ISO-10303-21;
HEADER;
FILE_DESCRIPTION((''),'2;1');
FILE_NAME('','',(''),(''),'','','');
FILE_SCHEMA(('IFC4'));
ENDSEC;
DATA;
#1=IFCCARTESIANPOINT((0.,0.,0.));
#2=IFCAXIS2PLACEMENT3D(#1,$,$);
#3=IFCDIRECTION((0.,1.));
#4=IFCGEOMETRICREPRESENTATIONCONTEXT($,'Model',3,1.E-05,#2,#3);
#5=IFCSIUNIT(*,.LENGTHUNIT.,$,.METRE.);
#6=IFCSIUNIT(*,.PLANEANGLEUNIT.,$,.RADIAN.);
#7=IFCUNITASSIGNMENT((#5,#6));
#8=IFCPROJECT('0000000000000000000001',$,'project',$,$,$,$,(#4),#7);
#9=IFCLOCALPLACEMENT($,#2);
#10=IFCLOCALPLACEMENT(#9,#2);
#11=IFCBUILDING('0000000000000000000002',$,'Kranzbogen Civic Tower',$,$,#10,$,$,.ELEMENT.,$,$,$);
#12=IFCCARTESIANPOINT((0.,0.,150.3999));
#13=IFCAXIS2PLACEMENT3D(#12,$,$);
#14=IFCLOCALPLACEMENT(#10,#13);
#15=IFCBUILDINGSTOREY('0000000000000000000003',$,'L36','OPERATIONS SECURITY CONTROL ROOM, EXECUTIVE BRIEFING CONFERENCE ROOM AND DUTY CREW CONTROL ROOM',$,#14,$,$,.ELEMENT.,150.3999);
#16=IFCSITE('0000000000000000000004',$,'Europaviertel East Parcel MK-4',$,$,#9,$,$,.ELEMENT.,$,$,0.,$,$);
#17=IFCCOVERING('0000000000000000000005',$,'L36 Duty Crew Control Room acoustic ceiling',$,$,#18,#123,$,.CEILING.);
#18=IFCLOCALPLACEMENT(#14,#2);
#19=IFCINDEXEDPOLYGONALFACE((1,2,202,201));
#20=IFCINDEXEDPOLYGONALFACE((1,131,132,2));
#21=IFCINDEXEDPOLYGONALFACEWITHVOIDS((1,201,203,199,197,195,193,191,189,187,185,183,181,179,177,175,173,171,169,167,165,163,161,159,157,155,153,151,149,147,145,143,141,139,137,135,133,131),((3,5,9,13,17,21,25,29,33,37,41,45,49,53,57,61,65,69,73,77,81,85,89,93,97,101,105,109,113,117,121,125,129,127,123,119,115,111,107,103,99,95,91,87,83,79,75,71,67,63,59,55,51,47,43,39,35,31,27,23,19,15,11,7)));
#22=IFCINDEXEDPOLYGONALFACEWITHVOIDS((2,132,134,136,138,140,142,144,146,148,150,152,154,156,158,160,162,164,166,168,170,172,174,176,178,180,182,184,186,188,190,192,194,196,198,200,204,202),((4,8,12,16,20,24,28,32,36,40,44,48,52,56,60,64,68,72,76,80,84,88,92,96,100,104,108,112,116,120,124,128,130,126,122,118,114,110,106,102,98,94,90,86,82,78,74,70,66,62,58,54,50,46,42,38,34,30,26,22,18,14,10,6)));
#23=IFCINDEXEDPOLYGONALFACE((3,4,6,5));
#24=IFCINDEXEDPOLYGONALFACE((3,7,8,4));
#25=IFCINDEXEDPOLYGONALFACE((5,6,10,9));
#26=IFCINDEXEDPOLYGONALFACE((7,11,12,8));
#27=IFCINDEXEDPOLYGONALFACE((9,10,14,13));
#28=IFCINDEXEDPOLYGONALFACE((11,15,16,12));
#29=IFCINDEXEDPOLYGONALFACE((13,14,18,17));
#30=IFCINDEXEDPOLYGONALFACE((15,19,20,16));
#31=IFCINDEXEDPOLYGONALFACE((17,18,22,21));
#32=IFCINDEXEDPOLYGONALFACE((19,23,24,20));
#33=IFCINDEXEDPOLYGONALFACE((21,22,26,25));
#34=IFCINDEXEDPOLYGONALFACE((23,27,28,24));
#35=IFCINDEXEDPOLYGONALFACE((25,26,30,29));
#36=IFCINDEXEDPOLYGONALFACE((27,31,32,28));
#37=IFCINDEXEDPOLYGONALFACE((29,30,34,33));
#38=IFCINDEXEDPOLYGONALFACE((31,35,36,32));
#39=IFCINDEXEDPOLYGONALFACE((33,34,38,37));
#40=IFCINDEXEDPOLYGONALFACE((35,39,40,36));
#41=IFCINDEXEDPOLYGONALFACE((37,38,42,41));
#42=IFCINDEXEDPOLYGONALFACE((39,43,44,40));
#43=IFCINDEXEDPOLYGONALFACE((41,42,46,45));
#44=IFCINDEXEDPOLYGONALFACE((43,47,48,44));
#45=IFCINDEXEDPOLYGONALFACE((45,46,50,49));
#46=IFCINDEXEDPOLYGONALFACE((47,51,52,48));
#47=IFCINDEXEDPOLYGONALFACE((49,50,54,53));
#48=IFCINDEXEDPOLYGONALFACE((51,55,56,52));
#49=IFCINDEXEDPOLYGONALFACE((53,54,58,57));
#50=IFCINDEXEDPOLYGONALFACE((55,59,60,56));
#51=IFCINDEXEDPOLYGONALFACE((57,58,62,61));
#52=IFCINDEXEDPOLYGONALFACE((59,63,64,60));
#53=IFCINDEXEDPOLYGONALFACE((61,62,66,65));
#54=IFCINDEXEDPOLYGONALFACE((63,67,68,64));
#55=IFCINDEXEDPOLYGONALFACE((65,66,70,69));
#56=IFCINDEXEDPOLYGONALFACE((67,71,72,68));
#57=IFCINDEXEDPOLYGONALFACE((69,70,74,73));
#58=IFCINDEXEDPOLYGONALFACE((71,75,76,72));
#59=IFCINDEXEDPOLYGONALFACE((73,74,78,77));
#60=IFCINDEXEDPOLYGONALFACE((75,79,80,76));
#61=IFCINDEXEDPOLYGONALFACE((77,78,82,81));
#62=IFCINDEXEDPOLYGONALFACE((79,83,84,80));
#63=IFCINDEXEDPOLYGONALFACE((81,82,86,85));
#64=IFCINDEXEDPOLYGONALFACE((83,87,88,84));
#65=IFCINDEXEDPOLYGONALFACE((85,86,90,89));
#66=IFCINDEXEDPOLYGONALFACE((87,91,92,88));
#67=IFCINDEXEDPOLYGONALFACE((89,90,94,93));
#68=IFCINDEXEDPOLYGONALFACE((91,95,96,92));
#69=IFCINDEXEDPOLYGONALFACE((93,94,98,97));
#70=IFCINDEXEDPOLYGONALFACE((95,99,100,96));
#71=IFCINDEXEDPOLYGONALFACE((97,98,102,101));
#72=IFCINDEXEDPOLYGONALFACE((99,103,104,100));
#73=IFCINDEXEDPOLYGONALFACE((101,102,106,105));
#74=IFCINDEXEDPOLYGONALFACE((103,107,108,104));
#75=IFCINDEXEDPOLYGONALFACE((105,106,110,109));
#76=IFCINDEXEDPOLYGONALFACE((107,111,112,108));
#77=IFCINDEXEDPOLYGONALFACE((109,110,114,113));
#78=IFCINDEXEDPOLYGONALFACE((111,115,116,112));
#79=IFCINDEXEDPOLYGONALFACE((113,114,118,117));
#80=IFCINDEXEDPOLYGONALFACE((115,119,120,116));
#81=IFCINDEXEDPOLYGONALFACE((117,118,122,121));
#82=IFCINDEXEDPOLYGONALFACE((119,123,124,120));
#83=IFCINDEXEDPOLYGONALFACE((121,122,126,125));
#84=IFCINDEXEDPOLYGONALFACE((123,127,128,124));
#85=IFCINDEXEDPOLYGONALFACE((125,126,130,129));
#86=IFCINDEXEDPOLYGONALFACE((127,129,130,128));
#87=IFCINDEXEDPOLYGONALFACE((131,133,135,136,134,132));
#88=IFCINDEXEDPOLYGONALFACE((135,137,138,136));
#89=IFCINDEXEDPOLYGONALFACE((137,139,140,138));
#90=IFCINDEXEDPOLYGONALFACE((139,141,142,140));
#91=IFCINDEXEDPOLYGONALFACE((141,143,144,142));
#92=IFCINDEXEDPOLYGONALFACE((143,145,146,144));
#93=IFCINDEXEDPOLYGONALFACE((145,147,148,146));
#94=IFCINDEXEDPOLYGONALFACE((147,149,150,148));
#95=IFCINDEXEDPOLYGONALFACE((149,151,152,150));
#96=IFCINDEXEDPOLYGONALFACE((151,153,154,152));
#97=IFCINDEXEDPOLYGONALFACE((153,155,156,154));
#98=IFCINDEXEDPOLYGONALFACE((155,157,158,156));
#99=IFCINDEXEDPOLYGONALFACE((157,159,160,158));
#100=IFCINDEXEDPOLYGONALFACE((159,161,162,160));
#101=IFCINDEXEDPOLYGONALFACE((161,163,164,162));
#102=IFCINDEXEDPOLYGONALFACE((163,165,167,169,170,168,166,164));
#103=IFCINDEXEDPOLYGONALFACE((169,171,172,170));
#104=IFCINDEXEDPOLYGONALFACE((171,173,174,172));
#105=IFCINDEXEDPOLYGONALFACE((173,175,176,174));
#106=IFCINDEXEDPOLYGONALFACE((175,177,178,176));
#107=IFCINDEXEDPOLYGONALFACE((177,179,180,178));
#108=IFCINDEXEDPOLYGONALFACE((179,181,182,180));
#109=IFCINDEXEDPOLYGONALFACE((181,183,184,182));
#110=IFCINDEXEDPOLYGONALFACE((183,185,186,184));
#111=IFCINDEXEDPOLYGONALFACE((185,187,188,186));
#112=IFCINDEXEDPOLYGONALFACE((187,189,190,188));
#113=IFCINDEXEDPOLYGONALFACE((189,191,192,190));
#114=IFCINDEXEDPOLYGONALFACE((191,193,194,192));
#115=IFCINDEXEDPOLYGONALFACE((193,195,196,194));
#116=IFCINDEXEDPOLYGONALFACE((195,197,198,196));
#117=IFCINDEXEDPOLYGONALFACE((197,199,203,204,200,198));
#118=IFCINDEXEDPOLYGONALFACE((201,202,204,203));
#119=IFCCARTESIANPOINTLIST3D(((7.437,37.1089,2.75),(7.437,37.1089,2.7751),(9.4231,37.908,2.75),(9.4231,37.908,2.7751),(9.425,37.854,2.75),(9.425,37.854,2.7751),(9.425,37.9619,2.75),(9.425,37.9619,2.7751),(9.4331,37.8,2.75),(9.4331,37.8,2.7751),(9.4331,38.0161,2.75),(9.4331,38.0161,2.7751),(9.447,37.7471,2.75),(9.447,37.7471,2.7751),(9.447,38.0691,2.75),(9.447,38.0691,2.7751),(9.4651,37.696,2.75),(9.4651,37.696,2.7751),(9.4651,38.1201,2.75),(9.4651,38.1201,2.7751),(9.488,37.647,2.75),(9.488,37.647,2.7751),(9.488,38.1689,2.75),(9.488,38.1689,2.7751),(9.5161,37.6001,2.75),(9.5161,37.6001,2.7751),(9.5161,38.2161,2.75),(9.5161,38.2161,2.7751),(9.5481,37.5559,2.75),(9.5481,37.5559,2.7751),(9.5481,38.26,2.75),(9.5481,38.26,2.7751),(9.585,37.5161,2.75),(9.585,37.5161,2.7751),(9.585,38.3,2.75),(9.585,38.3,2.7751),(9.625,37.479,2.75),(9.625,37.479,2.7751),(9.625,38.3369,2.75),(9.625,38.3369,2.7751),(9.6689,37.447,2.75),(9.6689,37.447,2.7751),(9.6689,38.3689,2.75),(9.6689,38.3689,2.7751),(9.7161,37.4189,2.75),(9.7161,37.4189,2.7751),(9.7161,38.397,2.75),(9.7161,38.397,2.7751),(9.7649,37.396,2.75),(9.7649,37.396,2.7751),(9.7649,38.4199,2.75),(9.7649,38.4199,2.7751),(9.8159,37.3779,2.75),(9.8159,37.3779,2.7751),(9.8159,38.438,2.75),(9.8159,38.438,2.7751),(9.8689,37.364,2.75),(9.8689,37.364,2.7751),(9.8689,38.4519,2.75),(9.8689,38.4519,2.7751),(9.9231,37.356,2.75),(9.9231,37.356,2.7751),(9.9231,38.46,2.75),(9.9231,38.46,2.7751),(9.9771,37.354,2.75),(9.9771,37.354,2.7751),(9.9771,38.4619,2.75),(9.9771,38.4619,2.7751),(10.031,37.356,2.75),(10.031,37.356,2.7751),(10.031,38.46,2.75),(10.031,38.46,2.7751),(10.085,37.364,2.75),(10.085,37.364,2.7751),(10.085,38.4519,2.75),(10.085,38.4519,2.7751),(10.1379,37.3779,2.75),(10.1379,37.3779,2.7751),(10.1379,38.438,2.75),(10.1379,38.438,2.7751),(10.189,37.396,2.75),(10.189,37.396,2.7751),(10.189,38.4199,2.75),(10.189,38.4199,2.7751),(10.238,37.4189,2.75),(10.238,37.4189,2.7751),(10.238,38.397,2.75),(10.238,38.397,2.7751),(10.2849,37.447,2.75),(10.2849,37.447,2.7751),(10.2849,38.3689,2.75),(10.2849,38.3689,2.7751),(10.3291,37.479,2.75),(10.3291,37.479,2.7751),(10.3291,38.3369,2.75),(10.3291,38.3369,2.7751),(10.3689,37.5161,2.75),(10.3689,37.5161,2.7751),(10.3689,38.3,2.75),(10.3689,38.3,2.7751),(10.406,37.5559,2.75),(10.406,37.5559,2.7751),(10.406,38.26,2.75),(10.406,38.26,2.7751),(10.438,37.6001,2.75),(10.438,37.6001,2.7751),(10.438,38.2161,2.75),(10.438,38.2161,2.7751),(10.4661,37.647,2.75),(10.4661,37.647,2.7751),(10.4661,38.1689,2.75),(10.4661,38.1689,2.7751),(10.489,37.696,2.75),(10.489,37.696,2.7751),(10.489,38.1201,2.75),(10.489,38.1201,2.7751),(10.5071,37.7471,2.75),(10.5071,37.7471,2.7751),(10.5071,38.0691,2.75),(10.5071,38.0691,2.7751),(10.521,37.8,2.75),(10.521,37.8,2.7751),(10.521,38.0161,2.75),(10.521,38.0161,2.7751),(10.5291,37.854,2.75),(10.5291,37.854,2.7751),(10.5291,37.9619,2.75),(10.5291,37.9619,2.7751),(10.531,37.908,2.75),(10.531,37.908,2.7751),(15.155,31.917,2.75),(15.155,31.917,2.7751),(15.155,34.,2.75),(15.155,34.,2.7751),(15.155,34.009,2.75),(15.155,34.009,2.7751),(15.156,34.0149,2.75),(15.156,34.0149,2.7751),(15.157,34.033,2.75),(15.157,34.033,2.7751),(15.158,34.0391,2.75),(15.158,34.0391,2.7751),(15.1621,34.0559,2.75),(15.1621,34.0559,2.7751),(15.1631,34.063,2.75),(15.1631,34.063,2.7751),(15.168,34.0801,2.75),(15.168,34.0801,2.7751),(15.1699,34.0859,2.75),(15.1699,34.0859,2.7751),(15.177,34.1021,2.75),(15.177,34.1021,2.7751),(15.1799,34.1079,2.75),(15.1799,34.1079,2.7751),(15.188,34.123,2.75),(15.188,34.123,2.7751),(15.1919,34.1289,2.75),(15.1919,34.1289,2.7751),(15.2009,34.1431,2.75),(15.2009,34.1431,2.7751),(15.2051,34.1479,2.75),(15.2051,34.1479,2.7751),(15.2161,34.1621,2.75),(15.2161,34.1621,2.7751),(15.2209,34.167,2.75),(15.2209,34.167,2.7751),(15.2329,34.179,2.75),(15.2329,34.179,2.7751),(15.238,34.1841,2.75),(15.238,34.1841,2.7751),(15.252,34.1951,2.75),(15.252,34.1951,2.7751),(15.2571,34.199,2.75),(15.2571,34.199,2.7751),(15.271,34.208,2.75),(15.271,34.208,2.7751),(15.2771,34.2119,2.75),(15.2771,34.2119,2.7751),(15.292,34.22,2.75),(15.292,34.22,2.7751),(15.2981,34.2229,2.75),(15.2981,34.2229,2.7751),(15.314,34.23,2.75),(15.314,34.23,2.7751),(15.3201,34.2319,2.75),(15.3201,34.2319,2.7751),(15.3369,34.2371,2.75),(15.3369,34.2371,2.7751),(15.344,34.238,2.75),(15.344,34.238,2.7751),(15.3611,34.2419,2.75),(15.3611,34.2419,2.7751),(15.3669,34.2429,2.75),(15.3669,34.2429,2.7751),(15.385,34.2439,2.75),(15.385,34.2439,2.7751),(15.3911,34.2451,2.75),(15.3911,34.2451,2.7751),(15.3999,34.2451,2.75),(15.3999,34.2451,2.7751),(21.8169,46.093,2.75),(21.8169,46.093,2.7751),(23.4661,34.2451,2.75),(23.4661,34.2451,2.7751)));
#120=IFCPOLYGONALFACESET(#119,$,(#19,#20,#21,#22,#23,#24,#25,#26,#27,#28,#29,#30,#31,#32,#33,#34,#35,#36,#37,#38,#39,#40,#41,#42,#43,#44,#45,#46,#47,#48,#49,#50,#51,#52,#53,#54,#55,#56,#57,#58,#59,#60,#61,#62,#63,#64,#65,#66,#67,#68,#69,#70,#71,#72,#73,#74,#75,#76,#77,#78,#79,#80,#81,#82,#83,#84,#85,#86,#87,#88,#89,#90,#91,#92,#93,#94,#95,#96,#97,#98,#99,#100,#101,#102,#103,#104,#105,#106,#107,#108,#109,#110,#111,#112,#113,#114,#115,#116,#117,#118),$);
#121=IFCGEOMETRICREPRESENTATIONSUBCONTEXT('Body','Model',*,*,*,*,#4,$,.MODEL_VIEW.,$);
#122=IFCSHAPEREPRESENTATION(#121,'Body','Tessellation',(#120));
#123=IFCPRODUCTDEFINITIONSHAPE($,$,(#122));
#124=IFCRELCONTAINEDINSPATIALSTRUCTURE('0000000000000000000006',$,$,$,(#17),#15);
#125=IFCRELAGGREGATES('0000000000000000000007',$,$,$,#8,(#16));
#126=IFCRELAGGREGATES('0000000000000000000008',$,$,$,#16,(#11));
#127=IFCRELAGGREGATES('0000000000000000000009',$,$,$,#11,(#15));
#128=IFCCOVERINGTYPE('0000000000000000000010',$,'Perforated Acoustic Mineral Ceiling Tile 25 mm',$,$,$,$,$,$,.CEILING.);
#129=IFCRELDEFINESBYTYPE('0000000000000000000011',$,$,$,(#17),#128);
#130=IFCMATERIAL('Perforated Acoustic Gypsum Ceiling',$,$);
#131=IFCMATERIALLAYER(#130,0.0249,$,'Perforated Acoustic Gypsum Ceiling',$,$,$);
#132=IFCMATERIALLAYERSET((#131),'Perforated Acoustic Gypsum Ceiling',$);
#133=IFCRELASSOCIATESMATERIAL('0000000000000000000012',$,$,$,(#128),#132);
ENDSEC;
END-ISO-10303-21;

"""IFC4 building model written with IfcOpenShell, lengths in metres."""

from ifc_helpers import new_model, si_unit, direction, frame, origin, place, context, subcontext, project, spatial, polyline, outline, extrude, material, layer, layer_set, type_object, element, save


model = new_model("IFC4")

# Units and contexts
model_context = context("Model", 3, precision=1e-05, world=origin(), true_north=direction((0.0, 1.0)))
body_context = subcontext(model_context, "Body", "Model", "MODEL_VIEW")
ifc_project = project(units=[si_unit("LENGTHUNIT", "METRE"), si_unit("PLANEANGLEUNIT", "RADIAN")], contexts=[model_context])

# Site, building, storey
site_placement = place(None, origin())
site = spatial("IfcSite", under=ifc_project, at=site_placement, Name="Europaviertel East Parcel MK-4", CompositionType="ELEMENT", RefElevation=0.0)
building_placement = place(site_placement, origin())
building = spatial("IfcBuilding", under=site, at=building_placement, Name="Kranzbogen Civic Tower", CompositionType="ELEMENT")
storey_placement = place(building_placement, frame((0.0, 0.0, 150.3999)))
storey = spatial("IfcBuildingStorey", under=building, at=storey_placement, Name="L36", Description="OPERATIONS SECURITY CONTROL ROOM, EXECUTIVE BRIEFING CONFERENCE ROOM AND DUTY CREW CONTROL ROOM", CompositionType="ELEMENT", Elevation=150.3999)

# Covering
ifc_material_1 = material(Name="Perforated Acoustic Gypsum Ceiling")
ifc_layer_1 = layer(ifc_material_1, 0.0249, Name="Perforated Acoustic Gypsum Ceiling")
ifc_layer_set_1 = layer_set([ifc_layer_1], Name="Perforated Acoustic Gypsum Ceiling")
covering_type_1 = type_object("IfcCoveringType", Name="Perforated Acoustic Mineral Ceiling Tile 25 mm", PredefinedType="CEILING", material=ifc_layer_set_1)
covering_1_placement = place(storey_placement, frame((0.0, 0.0, 2.75)))
element("IfcCovering", 1, at=covering_1_placement, inside=storey, type_object=covering_type_1, Name="L36 Duty Crew Control Room acoustic ceiling", PredefinedType="CEILING", context=body_context, shape_type="SweptSolid", body=[
    extrude(outline(polyline([(23.4661, 34.2451), (15.3999, 34.2451), (15.3911, 34.2451), (15.385, 34.2439), (15.3669, 34.2429), (15.3611, 34.2419), (15.344, 34.238), (15.3369, 34.2371), (15.3201, 34.2319), (15.314, 34.23), (15.2981, 34.2229), (15.292, 34.22), (15.2771, 34.2119), (15.271, 34.208), (15.2571, 34.199), (15.252, 34.1951), (15.238, 34.1841), (15.2329, 34.179), (15.2209, 34.167), (15.2161, 34.1621), (15.2051, 34.1479), (15.2009, 34.1431), (15.1919, 34.1289), (15.188, 34.123), (15.1799, 34.1079), (15.177, 34.1021), (15.1699, 34.0859), (15.168, 34.0801), (15.1631, 34.063), (15.1621, 34.0559), (15.158, 34.0391), (15.157, 34.033), (15.156, 34.0149), (15.155, 34.009), (15.155, 34.0), (15.155, 31.917), (7.437, 37.1089), (21.8169, 46.093), (23.4661, 34.2451)]), holes=[polyline([(10.489, 37.696), (10.4661, 37.647), (10.438, 37.6001), (10.406, 37.5559), (10.3689, 37.5161), (10.3291, 37.479), (10.2849, 37.447), (10.238, 37.4189), (10.189, 37.396), (10.1379, 37.3779), (10.085, 37.364), (10.031, 37.356), (9.9771, 37.354), (9.9231, 37.356), (9.8689, 37.364), (9.8159, 37.3779), (9.7649, 37.396), (9.7161, 37.4189), (9.6689, 37.447), (9.625, 37.479), (9.585, 37.5161), (9.5481, 37.5559), (9.5161, 37.6001), (9.488, 37.647), (9.4651, 37.696), (9.447, 37.7471), (9.4331, 37.8), (9.425, 37.854), (9.4231, 37.908), (9.425, 37.9619), (9.4331, 38.0161), (9.447, 38.0691), (9.4651, 38.1201), (9.488, 38.1689), (9.5161, 38.2161), (9.5481, 38.26), (9.585, 38.3), (9.625, 38.3369), (9.6689, 38.3689), (9.7161, 38.397), (9.7649, 38.4199), (9.8159, 38.438), (9.8689, 38.4519), (9.9231, 38.46), (9.9771, 38.4619), (10.031, 38.46), (10.085, 38.4519), (10.1379, 38.438), (10.189, 38.4199), (10.238, 38.397), (10.2849, 38.3689), (10.3291, 38.3369), (10.3689, 38.3), (10.406, 38.26), (10.438, 38.2161), (10.4661, 38.1689), (10.489, 38.1201), (10.5071, 38.0691), (10.521, 38.0161), (10.5291, 37.9619), (10.531, 37.908), (10.5291, 37.854), (10.521, 37.8), (10.5071, 37.7471), (10.489, 37.696)])]), origin(), (0.0, 0.0, 1.0), 0.0251),
])

save(model, "model.ifc")
